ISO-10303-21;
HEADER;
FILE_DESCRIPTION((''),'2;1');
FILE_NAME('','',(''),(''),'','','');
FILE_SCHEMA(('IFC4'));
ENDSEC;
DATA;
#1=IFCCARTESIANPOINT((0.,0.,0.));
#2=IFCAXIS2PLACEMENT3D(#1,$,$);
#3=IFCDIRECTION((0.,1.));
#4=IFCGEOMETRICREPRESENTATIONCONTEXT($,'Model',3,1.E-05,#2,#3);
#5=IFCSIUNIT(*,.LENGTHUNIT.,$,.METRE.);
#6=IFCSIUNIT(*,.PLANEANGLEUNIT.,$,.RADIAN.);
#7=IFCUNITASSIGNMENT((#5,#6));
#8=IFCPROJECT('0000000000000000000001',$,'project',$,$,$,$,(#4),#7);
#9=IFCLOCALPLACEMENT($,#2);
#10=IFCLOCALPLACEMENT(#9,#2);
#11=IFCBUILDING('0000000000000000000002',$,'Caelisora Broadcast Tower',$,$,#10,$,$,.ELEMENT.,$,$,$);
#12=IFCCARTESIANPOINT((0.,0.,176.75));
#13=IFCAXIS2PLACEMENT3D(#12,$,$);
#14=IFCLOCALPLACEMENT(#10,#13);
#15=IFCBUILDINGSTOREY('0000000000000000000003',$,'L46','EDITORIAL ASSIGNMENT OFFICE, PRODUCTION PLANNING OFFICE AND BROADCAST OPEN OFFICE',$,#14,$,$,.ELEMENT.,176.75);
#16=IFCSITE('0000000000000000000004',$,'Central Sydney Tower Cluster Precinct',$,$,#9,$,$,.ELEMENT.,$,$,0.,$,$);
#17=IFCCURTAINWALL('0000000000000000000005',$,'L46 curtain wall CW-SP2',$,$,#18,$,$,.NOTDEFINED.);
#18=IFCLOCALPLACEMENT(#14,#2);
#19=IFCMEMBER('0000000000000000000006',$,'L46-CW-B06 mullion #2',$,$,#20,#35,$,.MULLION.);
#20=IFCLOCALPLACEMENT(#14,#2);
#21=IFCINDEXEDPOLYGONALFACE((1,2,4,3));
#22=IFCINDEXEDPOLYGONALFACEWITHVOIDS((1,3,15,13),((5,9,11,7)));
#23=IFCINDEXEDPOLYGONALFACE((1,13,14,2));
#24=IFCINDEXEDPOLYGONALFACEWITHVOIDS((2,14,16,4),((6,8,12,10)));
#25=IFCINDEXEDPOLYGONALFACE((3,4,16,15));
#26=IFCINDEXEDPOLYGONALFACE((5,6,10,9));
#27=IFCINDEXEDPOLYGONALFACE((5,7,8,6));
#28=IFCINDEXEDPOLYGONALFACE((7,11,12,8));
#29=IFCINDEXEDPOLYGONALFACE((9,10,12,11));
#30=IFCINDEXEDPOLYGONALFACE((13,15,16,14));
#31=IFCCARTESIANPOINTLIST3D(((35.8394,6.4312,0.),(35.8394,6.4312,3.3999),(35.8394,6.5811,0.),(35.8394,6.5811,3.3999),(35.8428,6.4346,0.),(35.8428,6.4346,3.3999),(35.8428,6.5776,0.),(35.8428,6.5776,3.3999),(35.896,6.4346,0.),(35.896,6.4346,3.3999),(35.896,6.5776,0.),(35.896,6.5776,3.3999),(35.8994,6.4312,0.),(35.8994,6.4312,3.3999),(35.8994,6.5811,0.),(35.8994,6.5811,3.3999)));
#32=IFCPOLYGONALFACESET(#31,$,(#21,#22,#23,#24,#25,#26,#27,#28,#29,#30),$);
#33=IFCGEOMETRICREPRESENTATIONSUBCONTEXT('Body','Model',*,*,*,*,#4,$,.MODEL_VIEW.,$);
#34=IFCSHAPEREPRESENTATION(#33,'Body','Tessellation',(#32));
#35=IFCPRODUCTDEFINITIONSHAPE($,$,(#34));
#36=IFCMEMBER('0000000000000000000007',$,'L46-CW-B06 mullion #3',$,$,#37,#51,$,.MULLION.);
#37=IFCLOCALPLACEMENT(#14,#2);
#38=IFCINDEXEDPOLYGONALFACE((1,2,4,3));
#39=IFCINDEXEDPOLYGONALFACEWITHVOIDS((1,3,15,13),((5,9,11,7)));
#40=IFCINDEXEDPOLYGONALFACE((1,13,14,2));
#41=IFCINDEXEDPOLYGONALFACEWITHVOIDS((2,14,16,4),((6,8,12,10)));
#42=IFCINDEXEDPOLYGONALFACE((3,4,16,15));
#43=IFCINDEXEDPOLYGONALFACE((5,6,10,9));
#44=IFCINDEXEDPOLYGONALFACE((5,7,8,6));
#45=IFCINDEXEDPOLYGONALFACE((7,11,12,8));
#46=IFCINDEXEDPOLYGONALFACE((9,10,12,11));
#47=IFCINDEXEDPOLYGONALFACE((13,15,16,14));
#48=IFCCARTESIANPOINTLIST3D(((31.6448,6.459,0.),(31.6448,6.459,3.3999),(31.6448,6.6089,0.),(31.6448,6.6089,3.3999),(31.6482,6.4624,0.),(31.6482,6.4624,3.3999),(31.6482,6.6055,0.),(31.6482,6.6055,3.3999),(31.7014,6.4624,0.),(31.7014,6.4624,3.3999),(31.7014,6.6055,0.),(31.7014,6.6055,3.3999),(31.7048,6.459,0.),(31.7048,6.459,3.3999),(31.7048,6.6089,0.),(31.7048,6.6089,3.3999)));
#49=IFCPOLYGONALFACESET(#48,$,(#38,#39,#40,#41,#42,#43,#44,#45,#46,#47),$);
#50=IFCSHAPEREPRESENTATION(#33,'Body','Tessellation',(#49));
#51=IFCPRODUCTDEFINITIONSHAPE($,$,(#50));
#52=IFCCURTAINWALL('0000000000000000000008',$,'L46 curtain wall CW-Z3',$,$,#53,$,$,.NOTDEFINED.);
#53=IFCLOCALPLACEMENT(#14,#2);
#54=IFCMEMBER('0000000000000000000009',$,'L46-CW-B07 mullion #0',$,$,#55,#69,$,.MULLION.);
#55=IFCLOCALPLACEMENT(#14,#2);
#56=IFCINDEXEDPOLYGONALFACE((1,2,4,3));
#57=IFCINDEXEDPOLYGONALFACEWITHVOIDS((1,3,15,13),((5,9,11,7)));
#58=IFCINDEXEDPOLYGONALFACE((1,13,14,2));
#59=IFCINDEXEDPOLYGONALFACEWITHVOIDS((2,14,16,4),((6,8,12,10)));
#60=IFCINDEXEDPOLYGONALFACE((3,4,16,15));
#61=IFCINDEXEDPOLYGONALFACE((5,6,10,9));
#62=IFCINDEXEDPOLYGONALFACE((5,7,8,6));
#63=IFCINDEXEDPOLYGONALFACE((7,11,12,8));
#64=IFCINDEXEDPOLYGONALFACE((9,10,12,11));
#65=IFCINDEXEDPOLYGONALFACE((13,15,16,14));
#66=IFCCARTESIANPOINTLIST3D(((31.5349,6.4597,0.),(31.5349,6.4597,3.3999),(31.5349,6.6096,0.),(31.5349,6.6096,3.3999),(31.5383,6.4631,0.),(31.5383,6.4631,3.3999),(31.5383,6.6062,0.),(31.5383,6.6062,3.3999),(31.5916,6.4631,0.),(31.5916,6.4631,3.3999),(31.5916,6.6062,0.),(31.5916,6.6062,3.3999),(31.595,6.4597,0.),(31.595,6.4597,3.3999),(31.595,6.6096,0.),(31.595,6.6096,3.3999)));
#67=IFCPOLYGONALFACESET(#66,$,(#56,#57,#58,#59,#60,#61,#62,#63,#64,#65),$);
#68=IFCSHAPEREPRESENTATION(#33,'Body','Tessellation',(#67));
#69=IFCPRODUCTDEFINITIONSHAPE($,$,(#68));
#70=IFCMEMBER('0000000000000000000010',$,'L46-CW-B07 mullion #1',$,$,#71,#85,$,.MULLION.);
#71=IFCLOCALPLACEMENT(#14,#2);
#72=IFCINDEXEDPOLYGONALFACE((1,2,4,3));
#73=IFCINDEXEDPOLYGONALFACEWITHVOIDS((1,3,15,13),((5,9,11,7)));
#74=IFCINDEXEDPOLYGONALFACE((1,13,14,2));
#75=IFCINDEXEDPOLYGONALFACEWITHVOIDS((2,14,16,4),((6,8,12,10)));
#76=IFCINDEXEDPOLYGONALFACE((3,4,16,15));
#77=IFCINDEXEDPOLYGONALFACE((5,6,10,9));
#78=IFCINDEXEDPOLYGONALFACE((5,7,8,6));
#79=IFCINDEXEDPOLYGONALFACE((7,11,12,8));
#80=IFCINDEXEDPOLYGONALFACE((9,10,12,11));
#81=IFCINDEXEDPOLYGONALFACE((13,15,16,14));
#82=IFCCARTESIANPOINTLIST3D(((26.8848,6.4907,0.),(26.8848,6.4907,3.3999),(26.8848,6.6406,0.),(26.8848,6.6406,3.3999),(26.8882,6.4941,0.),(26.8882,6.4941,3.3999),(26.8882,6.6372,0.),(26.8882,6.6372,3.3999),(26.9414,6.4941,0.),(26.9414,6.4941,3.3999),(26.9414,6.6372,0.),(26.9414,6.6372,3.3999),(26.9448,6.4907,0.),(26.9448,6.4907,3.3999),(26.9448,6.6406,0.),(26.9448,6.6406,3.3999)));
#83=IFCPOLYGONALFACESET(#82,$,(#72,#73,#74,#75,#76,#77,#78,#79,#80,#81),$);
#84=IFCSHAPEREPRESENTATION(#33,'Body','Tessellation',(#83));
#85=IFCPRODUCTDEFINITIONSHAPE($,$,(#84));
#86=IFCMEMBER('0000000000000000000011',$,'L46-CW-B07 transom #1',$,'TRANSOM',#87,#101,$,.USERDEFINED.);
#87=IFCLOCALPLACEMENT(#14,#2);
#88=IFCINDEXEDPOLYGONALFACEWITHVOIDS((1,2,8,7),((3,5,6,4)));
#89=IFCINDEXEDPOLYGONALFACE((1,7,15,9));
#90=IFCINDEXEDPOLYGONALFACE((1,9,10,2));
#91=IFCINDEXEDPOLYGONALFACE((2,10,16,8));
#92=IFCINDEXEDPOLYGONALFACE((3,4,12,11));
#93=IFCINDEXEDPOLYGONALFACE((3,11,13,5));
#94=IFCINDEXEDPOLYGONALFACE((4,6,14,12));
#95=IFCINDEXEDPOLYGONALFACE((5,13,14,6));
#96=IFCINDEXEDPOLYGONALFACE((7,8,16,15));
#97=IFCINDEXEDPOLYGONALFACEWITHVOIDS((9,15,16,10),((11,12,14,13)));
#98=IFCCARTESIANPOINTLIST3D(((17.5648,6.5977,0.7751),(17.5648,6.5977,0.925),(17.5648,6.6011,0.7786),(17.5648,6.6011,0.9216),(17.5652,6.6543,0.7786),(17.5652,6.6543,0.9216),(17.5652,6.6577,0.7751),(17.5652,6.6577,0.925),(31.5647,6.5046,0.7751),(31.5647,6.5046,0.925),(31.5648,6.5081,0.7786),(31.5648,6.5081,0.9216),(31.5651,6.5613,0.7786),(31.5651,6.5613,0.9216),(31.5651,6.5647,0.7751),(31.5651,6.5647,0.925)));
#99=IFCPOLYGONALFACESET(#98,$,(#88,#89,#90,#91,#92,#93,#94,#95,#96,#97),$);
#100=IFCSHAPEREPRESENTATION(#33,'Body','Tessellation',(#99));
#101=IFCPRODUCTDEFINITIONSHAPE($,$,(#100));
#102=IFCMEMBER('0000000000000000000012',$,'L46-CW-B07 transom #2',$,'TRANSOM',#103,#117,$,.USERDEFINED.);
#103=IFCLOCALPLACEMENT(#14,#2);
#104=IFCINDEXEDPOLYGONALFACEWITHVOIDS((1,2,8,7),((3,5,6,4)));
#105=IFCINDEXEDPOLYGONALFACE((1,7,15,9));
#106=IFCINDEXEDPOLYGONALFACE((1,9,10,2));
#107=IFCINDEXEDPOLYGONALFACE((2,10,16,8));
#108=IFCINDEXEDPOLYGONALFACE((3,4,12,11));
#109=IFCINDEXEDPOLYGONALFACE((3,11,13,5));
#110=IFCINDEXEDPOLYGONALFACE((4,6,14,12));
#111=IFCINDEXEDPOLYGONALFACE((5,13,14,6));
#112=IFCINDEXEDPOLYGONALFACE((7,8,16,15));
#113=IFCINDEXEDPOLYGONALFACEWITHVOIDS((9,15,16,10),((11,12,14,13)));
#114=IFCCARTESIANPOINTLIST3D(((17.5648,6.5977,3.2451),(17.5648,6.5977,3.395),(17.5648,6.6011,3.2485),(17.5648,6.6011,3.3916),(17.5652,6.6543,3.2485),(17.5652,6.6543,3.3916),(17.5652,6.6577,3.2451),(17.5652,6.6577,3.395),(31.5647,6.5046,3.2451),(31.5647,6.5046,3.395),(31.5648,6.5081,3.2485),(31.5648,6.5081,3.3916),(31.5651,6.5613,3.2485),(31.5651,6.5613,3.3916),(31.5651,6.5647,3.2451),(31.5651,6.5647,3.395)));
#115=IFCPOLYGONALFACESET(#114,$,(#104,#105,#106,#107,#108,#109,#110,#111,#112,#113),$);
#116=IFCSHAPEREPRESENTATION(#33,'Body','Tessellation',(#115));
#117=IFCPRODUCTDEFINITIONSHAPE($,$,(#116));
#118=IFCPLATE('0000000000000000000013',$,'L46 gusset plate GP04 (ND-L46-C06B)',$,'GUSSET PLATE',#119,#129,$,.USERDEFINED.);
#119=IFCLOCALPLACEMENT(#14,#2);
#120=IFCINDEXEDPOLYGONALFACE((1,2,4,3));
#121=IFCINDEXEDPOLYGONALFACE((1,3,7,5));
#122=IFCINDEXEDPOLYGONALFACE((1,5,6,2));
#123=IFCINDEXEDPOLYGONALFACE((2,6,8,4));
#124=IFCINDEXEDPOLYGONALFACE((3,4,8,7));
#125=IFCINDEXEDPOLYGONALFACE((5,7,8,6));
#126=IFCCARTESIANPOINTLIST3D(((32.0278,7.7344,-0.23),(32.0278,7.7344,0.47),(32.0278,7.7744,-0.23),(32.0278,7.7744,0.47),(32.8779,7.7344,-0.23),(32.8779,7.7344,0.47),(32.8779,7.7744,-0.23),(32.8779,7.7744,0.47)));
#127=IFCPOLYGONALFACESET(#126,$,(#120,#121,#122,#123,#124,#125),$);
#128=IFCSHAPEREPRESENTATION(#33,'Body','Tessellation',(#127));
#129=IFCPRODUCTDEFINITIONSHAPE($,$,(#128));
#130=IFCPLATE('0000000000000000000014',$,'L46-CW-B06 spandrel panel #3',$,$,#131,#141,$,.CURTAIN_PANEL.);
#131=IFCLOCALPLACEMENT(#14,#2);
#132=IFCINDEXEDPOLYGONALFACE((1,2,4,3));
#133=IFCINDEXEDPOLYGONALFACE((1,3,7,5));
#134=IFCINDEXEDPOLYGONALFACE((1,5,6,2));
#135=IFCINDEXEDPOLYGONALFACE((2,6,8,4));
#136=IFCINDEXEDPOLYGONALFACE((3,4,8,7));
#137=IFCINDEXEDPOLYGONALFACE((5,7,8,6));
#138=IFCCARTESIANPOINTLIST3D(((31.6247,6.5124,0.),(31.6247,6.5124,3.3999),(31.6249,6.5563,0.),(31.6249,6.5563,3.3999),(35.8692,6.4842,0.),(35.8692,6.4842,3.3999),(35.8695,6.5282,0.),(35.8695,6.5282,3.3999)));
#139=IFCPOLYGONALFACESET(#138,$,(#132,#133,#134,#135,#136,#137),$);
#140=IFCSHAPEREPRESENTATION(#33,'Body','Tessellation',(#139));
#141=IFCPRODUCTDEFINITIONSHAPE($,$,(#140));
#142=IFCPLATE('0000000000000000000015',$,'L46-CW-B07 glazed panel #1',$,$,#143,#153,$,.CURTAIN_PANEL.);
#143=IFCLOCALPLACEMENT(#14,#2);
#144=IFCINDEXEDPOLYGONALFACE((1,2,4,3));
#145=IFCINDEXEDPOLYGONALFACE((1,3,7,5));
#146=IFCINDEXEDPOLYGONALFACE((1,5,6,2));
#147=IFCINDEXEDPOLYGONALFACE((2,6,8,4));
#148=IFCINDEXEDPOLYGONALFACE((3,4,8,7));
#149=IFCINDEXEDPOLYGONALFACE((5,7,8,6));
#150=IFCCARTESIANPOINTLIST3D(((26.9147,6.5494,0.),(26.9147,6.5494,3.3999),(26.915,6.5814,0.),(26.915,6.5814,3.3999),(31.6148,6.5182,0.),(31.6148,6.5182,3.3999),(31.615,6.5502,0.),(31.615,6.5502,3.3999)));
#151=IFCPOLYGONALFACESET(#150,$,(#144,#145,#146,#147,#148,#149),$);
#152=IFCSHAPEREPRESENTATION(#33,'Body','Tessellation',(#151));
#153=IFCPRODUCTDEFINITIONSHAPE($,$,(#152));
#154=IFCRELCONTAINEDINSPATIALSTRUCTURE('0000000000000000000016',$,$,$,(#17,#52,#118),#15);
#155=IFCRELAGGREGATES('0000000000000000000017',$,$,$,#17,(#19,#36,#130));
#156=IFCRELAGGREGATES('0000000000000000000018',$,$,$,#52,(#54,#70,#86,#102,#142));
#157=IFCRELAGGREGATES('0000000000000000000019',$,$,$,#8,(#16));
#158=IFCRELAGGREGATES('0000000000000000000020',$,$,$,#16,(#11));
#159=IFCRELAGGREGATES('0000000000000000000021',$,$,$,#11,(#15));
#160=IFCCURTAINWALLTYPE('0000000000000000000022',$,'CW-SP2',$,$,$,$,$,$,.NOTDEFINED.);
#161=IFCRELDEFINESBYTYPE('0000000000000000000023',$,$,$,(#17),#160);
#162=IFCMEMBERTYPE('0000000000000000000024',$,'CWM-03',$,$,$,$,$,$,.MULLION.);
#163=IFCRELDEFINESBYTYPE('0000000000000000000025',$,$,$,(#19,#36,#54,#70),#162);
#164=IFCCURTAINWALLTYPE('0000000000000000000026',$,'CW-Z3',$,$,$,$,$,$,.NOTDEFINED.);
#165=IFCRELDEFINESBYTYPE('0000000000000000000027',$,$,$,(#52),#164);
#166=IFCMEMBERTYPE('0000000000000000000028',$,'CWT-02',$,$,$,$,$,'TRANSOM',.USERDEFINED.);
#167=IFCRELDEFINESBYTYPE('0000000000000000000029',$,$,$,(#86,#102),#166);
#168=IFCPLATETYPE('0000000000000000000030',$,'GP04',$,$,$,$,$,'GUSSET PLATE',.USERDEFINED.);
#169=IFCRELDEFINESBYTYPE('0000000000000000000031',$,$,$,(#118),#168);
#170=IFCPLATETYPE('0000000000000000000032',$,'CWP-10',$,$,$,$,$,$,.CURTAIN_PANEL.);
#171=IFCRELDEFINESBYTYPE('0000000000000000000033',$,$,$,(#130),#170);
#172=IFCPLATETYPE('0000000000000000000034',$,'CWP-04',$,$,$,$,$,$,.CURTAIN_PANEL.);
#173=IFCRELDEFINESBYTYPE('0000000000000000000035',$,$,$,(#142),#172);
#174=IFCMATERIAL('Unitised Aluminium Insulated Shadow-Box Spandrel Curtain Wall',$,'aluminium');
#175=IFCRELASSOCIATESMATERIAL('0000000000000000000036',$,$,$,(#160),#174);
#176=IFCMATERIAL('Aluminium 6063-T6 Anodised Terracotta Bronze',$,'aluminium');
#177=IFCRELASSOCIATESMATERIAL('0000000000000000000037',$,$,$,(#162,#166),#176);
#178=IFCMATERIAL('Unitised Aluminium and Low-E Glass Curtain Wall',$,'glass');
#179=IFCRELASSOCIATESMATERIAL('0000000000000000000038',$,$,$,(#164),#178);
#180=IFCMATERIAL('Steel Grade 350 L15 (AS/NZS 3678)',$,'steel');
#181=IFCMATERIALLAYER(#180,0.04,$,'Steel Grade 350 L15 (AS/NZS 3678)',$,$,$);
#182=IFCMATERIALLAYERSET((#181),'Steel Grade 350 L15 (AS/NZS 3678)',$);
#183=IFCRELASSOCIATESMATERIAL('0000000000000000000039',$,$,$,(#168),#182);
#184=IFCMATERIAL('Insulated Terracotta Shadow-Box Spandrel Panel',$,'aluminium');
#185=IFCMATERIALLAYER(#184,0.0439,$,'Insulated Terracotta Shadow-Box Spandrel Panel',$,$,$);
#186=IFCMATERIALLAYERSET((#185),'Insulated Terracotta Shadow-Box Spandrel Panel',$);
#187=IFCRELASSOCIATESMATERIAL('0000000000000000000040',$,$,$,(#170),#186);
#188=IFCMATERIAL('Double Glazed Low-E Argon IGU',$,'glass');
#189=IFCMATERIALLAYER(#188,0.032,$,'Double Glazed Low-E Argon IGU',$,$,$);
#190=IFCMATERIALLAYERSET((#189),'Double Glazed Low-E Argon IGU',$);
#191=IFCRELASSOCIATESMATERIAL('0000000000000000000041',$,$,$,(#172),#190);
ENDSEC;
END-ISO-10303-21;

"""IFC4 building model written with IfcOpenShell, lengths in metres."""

from ifc_helpers import new_model, si_unit, direction, frame, origin, origin_2d, place, context, subcontext, project, spatial, rectangle, hollow_rectangle, extrude, source, transform, mapped, material, layer, layer_set, material_profile, profile_set, type_object, type_shapes, element, aggregate, save


model = new_model("IFC4")

# Units and contexts
model_context = context("Model", 3, precision=1e-05, world=origin(), true_north=direction((0.0, 1.0)))
body_context = subcontext(model_context, "Body", "Model", "MODEL_VIEW")
ifc_project = project(units=[si_unit("LENGTHUNIT", "METRE"), si_unit("PLANEANGLEUNIT", "RADIAN")], contexts=[model_context])

# Site, building, storey
site_placement = place(None, origin())
site = spatial("IfcSite", under=ifc_project, at=site_placement, Name="Central Sydney Tower Cluster Precinct", CompositionType="ELEMENT", RefElevation=0.0)
building_placement = place(site_placement, origin())
building = spatial("IfcBuilding", under=site, at=building_placement, Name="Caelisora Broadcast Tower", CompositionType="ELEMENT")
storey_placement = place(building_placement, frame((0.0, 0.0, 176.75)))
storey = spatial("IfcBuildingStorey", under=building, at=storey_placement, Name="L46", Description="EDITORIAL ASSIGNMENT OFFICE, PRODUCTION PLANNING OFFICE AND BROADCAST OPEN OFFICE", CompositionType="ELEMENT", Elevation=176.75)

# Shared definitions
ifc_material_1 = material(Name="Steel Grade 350 L15 (AS/NZS 3678)", Category="steel")

# Curtain walls, members
ifc_material_2 = material(Name="Unitised Aluminium Insulated Shadow-Box Spandrel Curtain Wall", Category="aluminium")
curtain_wall_type_1 = type_object("IfcCurtainWallType", Name="CW-SP2", PredefinedType="NOTDEFINED", material=ifc_material_2)
curtain_wall_1_placement = place(storey_placement, origin())
curtain_wall_1 = element("IfcCurtainWall", 1, at=curtain_wall_1_placement, inside=storey, type_object=curtain_wall_type_1, Name="L46 curtain wall CW-SP2", PredefinedType="NOTDEFINED")
ifc_material_3 = material(Name="Aluminium 6063-T6 Anodised Terracotta Bronze", Category="aluminium")
ifc_material_profile_1 = material_profile(ifc_material_3, hollow_rectangle(XDim=0.0601, YDim=0.1499, WallThickness=0.0034, at=origin_2d()), Name="Aluminium 6063-T6 Anodised Terracotta Bronze")
ifc_profile_set_1 = profile_set([ifc_material_profile_1], Name="Aluminium 6063-T6 Anodised Terracotta Bronze")
member_type_1 = type_object("IfcMemberType", Name="CWM-03", PredefinedType="MULLION", material=ifc_profile_set_1)
shared_shape_1 = source(origin(), body_context, "Body", "SweptSolid", [
    extrude(hollow_rectangle(XDim=0.0601, YDim=0.1499, WallThickness=0.0034, at=origin_2d()), origin(), (0.0, 0.0, 1.0), 3.3999),
])
type_shapes(member_type_1, [shared_shape_1])
member_1_placement = place(storey_placement, frame((35.8694, 6.5061, 0.0), z_axis=(0.0, 0.0, 1.0), x_axis=(1.0, 0.0, 0.0)))
member_1 = element("IfcMember", 2, at=member_1_placement, type_object=member_type_1, Name="L46-CW-B06 mullion #2", PredefinedType="MULLION", context=body_context, shape_type="MappedRepresentation", body=[
    mapped(shared_shape_1, transform((0.0, 0.0, 0.0), scale=1.0)),
])
member_2_placement = place(storey_placement, frame((31.6748, 6.5339, 0.0), z_axis=(0.0, 0.0, 1.0), x_axis=(1.0, 0.0, 0.0)))
member_2 = element("IfcMember", 3, at=member_2_placement, type_object=member_type_1, Name="L46-CW-B06 mullion #3", PredefinedType="MULLION", context=body_context, shape_type="MappedRepresentation", body=[
    mapped(shared_shape_1, transform((0.0, 0.0, 0.0), scale=1.0)),
])
ifc_material_4 = material(Name="Unitised Aluminium and Low-E Glass Curtain Wall", Category="glass")
curtain_wall_type_2 = type_object("IfcCurtainWallType", Name="CW-Z3", PredefinedType="NOTDEFINED", material=ifc_material_4)
curtain_wall_2_placement = place(storey_placement, origin())
curtain_wall_2 = element("IfcCurtainWall", 4, at=curtain_wall_2_placement, inside=storey, type_object=curtain_wall_type_2, Name="L46 curtain wall CW-Z3", PredefinedType="NOTDEFINED")
member_3_placement = place(storey_placement, frame((31.5649, 6.5347, 0.0), z_axis=(0.0, 0.0, 1.0), x_axis=(1.0, 0.0, 0.0)))
member_3 = element("IfcMember", 5, at=member_3_placement, type_object=member_type_1, Name="L46-CW-B07 mullion #0", PredefinedType="MULLION", context=body_context, shape_type="MappedRepresentation", body=[
    mapped(shared_shape_1, transform((0.0, 0.0, 0.0), scale=1.0)),
])
member_4_placement = place(storey_placement, frame((26.9148, 6.5657, 0.0), z_axis=(0.0, 0.0, 1.0), x_axis=(1.0, 0.0, 0.0)))
member_4 = element("IfcMember", 6, at=member_4_placement, type_object=member_type_1, Name="L46-CW-B07 mullion #1", PredefinedType="MULLION", context=body_context, shape_type="MappedRepresentation", body=[
    mapped(shared_shape_1, transform((0.0, 0.0, 0.0), scale=1.0)),
])
ifc_material_profile_2 = material_profile(ifc_material_3, hollow_rectangle(XDim=0.0601, YDim=0.1499, WallThickness=0.0034, at=origin_2d()), Name="Aluminium 6063-T6 Anodised Terracotta Bronze")
ifc_profile_set_2 = profile_set([ifc_material_profile_2], Name="Aluminium 6063-T6 Anodised Terracotta Bronze")
member_type_2 = type_object("IfcMemberType", Name="CWT-02", ElementType="TRANSOM", PredefinedType="USERDEFINED", material=ifc_profile_set_2)
shared_shape_2 = source(origin(), body_context, "Body", "SweptSolid", [
    extrude(hollow_rectangle(XDim=0.0601, YDim=0.1499, WallThickness=0.0034, at=origin_2d()), origin(), (0.0, 0.0, 1.0), 14.0002),
])
type_shapes(member_type_2, [shared_shape_2])
member_5_placement = place(storey_placement, frame((31.5649, 6.5347, 0.8501), z_axis=(-0.999978, 0.006644, 0.0), x_axis=(-0.006644, -0.999978, 0.0)))
member_5 = element("IfcMember", 7, at=member_5_placement, type_object=member_type_2, Name="L46-CW-B07 transom #1", ObjectType="TRANSOM", PredefinedType="USERDEFINED", context=body_context, shape_type="MappedRepresentation", body=[
    mapped(shared_shape_2, transform((0.0, 0.0, 0.0), scale=1.0)),
])
member_6_placement = place(storey_placement, frame((31.5649, 6.5347, 3.3201), z_axis=(-0.999978, 0.006644, 0.0), x_axis=(-0.006644, -0.999978, 0.0)))
member_6 = element("IfcMember", 8, at=member_6_placement, type_object=member_type_2, Name="L46-CW-B07 transom #2", ObjectType="TRANSOM", PredefinedType="USERDEFINED", context=body_context, shape_type="MappedRepresentation", body=[
    mapped(shared_shape_2, transform((0.0, 0.0, 0.0), scale=1.0)),
])

# Plates
ifc_layer_1 = layer(ifc_material_1, 0.04, Name="Steel Grade 350 L15 (AS/NZS 3678)")
ifc_layer_set_1 = layer_set([ifc_layer_1], Name="Steel Grade 350 L15 (AS/NZS 3678)")
plate_type_1 = type_object("IfcPlateType", Name="GP04", ElementType="GUSSET PLATE", PredefinedType="USERDEFINED", material=ifc_layer_set_1)
shared_shape_3 = source(origin(), body_context, "Body", "SweptSolid", [
    extrude(rectangle(XDim=0.8501, YDim=0.04, at=origin_2d()), origin(), (0.0, 0.0, 1.0), 0.7),
])
type_shapes(plate_type_1, [shared_shape_3])
plate_1_placement = place(storey_placement, frame((32.4529, 7.7544, -0.23), z_axis=(0.0, 0.0, 1.0), x_axis=(1.0, 0.0, 0.0)))
element("IfcPlate", 9, at=plate_1_placement, inside=storey, type_object=plate_type_1, Name="L46 gusset plate GP04 (ND-L46-C06B)", ObjectType="GUSSET PLATE", PredefinedType="USERDEFINED", context=body_context, shape_type="MappedRepresentation", body=[
    mapped(shared_shape_3, transform((0.0, 0.0, 0.0), scale=1.0)),
])
ifc_material_5 = material(Name="Insulated Terracotta Shadow-Box Spandrel Panel", Category="aluminium")
ifc_layer_2 = layer(ifc_material_5, 0.0439, Name="Insulated Terracotta Shadow-Box Spandrel Panel")
ifc_layer_set_2 = layer_set([ifc_layer_2], Name="Insulated Terracotta Shadow-Box Spandrel Panel")
plate_type_2 = type_object("IfcPlateType", Name="CWP-10", PredefinedType="CURTAIN_PANEL", material=ifc_layer_set_2)
shared_shape_4 = source(origin(), body_context, "Body", "SweptSolid", [
    extrude(rectangle(XDim=4.2446, YDim=0.0439, at=origin_2d()), origin(), (0.0, 0.0, 1.0), 3.3999),
])
type_shapes(plate_type_2, [shared_shape_4])
plate_2_placement = place(storey_placement, frame((33.7471, 6.5203, 0.0), z_axis=(0.0, 0.0, 1.0), x_axis=(-0.999978, 0.006632, 0.0)))
plate_2 = element("IfcPlate", 10, at=plate_2_placement, type_object=plate_type_2, Name="L46-CW-B06 spandrel panel #3", PredefinedType="CURTAIN_PANEL", context=body_context, shape_type="MappedRepresentation", body=[
    mapped(shared_shape_4, transform((0.0, 0.0, 0.0), scale=1.0)),
])
aggregate(curtain_wall_1, [member_1, member_2, plate_2])
ifc_material_6 = material(Name="Double Glazed Low-E Argon IGU", Category="glass")
ifc_layer_3 = layer(ifc_material_6, 0.032, Name="Double Glazed Low-E Argon IGU")
ifc_layer_set_3 = layer_set([ifc_layer_3], Name="Double Glazed Low-E Argon IGU")
plate_type_3 = type_object("IfcPlateType", Name="CWP-04", PredefinedType="CURTAIN_PANEL", material=ifc_layer_set_3)
shared_shape_5 = source(origin(), body_context, "Body", "SweptSolid", [
    extrude(rectangle(XDim=4.7002, YDim=0.032, at=origin_2d()), origin(), (0.0, 0.0, 1.0), 3.3999),
])
type_shapes(plate_type_3, [shared_shape_5])
plate_3_placement = place(storey_placement, frame((29.2649, 6.5498, 0.0), z_axis=(0.0, 0.0, 1.0), x_axis=(-0.999978, 0.006632, 0.0)))
plate_3 = element("IfcPlate", 11, at=plate_3_placement, type_object=plate_type_3, Name="L46-CW-B07 glazed panel #1", PredefinedType="CURTAIN_PANEL", context=body_context, shape_type="MappedRepresentation", body=[
    mapped(shared_shape_5, transform((0.0, 0.0, 0.0), scale=1.0)),
])
aggregate(curtain_wall_2, [member_3, member_4, member_5, member_6, plate_3])

save(model, "model.ifc")
